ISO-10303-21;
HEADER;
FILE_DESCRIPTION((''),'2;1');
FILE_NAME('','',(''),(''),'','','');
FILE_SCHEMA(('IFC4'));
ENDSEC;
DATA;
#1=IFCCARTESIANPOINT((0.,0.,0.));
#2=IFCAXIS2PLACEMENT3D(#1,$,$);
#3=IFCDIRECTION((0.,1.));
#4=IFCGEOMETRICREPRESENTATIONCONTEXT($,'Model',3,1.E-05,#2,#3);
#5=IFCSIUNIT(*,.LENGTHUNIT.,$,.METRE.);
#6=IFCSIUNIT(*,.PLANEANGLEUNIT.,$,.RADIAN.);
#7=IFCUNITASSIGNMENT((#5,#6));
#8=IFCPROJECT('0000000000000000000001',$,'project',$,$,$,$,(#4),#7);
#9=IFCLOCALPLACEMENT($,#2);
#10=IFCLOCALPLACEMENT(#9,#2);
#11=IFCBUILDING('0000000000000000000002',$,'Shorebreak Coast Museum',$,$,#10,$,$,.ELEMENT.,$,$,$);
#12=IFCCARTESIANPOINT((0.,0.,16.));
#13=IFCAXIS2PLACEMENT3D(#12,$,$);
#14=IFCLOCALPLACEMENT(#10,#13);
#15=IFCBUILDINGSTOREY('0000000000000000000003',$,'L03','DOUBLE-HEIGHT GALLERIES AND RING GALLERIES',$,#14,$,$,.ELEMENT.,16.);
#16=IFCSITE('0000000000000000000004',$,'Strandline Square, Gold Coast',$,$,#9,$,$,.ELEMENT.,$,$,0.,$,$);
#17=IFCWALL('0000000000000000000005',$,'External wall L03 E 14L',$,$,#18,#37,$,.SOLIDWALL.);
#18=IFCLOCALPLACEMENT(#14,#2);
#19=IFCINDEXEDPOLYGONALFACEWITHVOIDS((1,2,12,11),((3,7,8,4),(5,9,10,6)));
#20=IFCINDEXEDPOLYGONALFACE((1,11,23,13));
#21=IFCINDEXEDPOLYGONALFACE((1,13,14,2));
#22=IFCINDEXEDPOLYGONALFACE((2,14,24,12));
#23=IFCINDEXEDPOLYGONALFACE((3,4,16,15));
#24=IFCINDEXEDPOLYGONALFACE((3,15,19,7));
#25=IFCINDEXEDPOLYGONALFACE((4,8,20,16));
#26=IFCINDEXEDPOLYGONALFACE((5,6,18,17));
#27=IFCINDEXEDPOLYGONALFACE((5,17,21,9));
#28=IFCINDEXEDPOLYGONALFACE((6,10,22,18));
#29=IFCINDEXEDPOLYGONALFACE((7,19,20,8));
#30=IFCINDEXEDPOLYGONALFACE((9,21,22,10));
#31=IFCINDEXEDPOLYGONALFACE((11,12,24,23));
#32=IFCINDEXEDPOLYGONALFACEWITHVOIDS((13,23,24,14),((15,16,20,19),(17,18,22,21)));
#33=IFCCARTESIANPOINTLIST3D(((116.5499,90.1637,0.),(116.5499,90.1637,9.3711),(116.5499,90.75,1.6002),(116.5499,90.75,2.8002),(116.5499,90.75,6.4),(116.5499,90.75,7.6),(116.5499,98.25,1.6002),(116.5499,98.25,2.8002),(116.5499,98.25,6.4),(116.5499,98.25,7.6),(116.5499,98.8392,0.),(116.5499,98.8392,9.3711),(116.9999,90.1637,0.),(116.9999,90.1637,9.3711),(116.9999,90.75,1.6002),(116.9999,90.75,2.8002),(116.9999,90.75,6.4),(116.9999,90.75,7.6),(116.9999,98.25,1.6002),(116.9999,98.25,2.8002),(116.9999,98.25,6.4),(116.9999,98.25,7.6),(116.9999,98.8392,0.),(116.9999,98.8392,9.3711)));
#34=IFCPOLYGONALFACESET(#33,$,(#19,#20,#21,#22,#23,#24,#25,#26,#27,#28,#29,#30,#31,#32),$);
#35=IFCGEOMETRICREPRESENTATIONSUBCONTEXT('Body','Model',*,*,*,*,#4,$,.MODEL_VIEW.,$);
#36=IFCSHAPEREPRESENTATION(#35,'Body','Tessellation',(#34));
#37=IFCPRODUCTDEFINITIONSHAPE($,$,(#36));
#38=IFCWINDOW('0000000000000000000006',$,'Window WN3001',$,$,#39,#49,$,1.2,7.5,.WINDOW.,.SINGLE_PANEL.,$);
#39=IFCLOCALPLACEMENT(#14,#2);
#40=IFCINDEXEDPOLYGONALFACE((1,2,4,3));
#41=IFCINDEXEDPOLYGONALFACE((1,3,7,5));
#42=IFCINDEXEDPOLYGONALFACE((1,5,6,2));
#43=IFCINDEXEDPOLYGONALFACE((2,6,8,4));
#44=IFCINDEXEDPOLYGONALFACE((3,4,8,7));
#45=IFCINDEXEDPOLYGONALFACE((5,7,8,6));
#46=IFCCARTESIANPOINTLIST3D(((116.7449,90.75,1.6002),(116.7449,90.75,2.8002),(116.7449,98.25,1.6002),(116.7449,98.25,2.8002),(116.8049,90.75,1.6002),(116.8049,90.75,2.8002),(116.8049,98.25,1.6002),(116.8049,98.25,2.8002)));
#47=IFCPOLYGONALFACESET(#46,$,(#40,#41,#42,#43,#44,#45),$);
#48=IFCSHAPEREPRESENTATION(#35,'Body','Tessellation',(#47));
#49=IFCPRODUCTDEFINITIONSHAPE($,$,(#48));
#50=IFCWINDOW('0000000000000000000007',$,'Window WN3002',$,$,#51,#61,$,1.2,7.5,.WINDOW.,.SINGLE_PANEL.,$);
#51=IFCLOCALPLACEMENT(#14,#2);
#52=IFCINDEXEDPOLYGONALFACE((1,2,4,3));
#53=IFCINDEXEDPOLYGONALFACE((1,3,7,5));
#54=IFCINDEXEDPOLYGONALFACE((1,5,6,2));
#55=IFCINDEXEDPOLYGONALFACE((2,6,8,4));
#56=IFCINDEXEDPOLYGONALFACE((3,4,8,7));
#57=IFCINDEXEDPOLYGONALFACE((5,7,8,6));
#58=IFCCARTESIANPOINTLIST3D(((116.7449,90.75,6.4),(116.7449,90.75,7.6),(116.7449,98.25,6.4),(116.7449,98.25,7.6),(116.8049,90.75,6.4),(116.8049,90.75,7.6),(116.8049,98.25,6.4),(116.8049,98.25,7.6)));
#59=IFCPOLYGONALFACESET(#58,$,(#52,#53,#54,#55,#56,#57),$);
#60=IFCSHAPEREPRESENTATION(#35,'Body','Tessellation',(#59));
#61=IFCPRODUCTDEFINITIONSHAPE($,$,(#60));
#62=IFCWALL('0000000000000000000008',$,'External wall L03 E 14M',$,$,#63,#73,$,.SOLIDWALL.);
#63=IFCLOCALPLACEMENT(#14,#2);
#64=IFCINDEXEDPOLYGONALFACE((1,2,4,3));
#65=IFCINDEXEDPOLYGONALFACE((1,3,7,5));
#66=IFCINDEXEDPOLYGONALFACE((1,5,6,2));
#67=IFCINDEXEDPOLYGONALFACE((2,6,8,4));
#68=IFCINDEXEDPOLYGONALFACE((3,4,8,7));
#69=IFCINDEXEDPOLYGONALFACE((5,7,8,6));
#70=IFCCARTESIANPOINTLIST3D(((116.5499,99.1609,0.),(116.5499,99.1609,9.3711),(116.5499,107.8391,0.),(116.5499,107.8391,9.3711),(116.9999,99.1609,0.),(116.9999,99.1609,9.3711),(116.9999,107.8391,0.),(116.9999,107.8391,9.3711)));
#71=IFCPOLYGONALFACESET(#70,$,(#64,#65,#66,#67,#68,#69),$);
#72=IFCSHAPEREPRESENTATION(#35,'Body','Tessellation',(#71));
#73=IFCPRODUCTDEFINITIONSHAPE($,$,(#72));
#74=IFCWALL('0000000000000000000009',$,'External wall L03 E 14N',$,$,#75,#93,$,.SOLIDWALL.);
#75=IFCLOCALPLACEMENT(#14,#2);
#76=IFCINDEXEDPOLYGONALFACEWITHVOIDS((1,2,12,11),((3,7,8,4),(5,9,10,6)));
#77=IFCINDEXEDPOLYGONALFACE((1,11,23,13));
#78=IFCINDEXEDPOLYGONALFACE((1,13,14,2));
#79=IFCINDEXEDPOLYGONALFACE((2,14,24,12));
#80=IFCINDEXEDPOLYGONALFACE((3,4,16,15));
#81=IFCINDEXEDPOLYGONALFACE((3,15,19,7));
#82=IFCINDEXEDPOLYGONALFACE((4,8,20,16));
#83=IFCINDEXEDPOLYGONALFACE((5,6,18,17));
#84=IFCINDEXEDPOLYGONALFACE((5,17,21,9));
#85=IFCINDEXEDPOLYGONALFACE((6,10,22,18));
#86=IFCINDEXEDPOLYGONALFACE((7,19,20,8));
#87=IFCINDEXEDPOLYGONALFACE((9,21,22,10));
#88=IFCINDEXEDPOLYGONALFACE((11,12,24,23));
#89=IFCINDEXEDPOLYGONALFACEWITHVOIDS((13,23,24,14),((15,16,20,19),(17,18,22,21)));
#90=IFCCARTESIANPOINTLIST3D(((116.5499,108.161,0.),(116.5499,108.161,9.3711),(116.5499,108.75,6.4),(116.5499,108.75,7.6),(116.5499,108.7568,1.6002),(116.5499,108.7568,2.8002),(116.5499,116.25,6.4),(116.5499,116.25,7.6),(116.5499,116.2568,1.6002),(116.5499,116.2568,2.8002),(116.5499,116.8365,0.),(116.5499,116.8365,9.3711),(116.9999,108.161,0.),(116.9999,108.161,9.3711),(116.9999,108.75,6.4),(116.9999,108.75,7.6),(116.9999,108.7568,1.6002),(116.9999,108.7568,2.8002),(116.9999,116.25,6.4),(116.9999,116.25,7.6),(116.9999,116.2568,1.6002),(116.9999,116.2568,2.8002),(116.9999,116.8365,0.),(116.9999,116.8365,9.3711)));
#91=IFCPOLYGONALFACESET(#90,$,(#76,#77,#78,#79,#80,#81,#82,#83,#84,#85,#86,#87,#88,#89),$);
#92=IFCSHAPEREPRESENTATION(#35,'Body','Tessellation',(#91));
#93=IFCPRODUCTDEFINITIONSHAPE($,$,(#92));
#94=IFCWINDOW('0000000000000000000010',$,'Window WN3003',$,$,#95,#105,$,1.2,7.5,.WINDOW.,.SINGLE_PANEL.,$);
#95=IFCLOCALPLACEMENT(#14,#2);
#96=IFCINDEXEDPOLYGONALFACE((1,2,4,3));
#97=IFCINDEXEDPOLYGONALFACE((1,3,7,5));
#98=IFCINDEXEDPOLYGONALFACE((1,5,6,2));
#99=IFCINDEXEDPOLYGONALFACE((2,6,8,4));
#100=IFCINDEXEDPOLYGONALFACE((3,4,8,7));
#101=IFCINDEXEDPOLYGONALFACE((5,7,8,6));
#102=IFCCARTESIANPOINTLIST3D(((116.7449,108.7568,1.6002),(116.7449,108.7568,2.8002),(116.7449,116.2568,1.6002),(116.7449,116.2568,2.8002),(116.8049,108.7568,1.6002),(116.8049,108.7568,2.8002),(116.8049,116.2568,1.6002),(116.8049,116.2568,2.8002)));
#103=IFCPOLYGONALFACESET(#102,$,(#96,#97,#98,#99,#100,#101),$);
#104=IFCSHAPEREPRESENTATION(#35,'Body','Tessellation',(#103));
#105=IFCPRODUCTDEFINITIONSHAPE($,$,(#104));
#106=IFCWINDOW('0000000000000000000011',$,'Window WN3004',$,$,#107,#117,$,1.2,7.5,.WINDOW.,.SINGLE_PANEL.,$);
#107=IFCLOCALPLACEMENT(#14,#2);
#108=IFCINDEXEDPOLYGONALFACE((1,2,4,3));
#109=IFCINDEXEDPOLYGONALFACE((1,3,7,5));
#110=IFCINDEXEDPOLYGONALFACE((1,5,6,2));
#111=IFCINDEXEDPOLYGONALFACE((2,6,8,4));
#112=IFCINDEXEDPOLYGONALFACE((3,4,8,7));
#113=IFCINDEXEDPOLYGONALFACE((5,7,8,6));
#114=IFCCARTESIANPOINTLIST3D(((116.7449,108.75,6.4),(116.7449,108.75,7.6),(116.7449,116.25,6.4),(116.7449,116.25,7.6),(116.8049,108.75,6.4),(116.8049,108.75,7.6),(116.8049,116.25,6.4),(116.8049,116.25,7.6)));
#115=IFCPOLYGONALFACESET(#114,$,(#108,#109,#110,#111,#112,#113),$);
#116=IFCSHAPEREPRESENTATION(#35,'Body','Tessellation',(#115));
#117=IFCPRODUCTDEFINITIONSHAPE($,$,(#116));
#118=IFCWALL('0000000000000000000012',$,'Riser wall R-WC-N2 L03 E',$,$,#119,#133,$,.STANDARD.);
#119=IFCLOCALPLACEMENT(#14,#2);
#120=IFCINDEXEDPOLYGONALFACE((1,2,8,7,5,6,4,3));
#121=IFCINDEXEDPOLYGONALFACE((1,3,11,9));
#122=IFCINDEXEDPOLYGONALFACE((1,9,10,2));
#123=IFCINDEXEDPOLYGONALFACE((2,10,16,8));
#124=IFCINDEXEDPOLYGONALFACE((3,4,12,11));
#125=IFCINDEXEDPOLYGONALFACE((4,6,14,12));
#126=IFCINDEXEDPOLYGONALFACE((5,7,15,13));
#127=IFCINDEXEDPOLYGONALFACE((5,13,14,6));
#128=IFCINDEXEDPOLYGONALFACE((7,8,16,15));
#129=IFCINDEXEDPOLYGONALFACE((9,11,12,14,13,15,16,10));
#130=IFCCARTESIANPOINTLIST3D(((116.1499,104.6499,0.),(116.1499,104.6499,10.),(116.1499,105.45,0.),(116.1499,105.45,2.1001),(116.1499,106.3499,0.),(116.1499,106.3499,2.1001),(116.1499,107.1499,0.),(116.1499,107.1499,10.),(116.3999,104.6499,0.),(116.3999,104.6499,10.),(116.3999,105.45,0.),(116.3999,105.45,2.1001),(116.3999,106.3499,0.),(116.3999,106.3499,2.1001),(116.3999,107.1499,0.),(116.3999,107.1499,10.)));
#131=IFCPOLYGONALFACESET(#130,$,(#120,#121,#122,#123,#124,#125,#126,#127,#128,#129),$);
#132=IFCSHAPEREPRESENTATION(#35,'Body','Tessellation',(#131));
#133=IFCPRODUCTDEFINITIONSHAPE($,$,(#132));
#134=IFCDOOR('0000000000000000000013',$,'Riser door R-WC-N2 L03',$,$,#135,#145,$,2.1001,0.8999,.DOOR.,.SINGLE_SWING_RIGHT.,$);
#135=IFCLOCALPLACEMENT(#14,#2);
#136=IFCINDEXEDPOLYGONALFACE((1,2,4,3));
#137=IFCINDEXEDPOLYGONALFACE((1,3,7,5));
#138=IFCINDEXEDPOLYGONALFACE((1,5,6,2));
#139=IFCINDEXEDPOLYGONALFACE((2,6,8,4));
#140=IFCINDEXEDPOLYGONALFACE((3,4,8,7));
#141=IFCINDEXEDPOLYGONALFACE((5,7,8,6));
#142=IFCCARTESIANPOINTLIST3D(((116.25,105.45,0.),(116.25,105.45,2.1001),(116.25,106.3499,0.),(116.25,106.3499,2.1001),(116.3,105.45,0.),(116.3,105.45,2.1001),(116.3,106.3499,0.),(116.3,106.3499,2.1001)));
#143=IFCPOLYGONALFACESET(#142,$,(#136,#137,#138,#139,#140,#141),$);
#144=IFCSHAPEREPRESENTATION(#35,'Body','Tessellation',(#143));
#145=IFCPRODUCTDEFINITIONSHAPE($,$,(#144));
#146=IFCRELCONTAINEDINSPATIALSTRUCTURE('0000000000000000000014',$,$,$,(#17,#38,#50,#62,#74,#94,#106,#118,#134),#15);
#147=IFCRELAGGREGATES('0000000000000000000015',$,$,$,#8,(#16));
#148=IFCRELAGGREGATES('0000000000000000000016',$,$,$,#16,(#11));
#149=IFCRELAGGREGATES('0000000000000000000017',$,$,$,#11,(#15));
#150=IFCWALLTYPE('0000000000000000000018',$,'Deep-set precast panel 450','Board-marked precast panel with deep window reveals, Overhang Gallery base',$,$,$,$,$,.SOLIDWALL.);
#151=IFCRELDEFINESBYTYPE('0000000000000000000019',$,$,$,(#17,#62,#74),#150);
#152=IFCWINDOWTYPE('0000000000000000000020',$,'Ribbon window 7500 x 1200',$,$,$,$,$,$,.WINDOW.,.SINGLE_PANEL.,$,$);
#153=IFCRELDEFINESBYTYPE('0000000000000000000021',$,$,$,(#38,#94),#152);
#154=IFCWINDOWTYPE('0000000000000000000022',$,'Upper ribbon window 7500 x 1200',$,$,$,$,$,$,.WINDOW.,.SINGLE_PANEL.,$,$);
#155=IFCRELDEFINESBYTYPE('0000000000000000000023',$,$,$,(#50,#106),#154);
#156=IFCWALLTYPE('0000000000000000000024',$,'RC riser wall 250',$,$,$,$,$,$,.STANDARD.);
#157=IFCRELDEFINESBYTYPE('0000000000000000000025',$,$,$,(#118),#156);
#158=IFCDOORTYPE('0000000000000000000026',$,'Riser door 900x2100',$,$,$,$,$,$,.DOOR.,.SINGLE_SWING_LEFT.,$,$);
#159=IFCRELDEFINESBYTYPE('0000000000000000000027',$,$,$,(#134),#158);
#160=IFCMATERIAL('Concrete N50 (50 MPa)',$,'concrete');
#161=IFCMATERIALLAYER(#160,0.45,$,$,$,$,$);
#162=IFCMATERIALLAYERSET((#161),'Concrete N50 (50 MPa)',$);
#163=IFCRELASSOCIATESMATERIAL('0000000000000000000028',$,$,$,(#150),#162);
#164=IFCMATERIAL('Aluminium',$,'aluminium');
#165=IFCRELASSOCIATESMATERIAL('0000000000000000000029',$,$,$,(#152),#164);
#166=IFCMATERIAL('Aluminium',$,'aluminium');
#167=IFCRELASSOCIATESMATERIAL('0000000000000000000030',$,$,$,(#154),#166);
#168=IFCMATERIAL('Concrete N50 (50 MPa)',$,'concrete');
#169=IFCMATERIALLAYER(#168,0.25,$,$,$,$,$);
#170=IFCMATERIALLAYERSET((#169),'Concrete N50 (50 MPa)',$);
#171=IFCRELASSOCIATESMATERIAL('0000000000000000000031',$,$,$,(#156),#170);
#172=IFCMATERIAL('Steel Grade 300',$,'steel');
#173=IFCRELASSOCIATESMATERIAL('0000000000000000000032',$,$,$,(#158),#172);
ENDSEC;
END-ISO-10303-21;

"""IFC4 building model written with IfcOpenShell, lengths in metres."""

from ifc_helpers import new_model, si_unit, direction, frame, frame_2d, origin, place, context, subcontext, project, spatial, rectangle, extrude, material, layer, layer_set, type_object, element, fill, save


model = new_model("IFC4")

# Units and contexts
model_context = context("Model", 3, precision=1e-05, world=origin(), true_north=direction((0.0, 1.0)))
body_context = subcontext(model_context, "Body", "Model", "MODEL_VIEW")
ifc_project = project(units=[si_unit("LENGTHUNIT", "METRE"), si_unit("PLANEANGLEUNIT", "RADIAN")], contexts=[model_context])

# Site, building, storey
site_placement = place(None, origin())
site = spatial("IfcSite", under=ifc_project, at=site_placement, Name="Strandline Square, Gold Coast", CompositionType="ELEMENT", RefElevation=0.0)
building_placement = place(site_placement, origin())
building = spatial("IfcBuilding", under=site, at=building_placement, Name="Shorebreak Coast Museum", CompositionType="ELEMENT")
storey_placement = place(building_placement, frame((0.0, 0.0, 16.0)))
storey = spatial("IfcBuildingStorey", under=building, at=storey_placement, Name="L03", Description="DOUBLE-HEIGHT GALLERIES AND RING GALLERIES", CompositionType="ELEMENT", Elevation=16.0)

# Wall, openings, windows
ifc_material_1 = material(Name="Concrete N50 (50 MPa)", Category="concrete")
ifc_layer_1 = layer(ifc_material_1, 0.45)
ifc_layer_set_1 = layer_set([ifc_layer_1], Name="Concrete N50 (50 MPa)")
wall_type_1 = type_object("IfcWallType", Name="Deep-set precast panel 450", Description="Board-marked precast panel with deep window reveals, Overhang Gallery base", PredefinedType="SOLIDWALL", material=ifc_layer_set_1)
wall_1_placement = place(storey_placement, frame((116.7749, 90.1636, 0.0), z_axis=(0.0, 0.0, 1.0), x_axis=(0.0, 1.0, 0.0)))
wall_1 = element("IfcWall", 1, at=wall_1_placement, inside=storey, type_object=wall_type_1, Name="External wall L03 E 14L", PredefinedType="SOLIDWALL", context=body_context, shape_type="SweptSolid", body=[
    extrude(rectangle(XDim=8.6755, YDim=0.45, at=frame_2d((4.3379, 0.0))), origin(), (0.0, 0.0, 1.0), 9.3711),
])
opening_1_placement = place(wall_1_placement, frame((0.5864, 0.0, 6.3999)))
opening_1 = element("IfcOpeningElement", 2, at=opening_1_placement, cuts=wall_1, PredefinedType="OPENING", context=body_context, shape_type="SweptSolid", body=[
    extrude(rectangle(XDim=7.5, YDim=1.2, at=frame_2d((3.75, 0.6001))), frame((0.0, 0.2349, 0.0), z_axis=(0.0, -1.0, 0.0), x_axis=(1.0, 0.0, 0.0)), (0.0, 0.0, 1.0), 0.47),
])
opening_2_placement = place(wall_1_placement, frame((0.5864, 0.0, 1.6001)))
opening_2 = element("IfcOpeningElement", 3, at=opening_2_placement, cuts=wall_1, PredefinedType="OPENING", context=body_context, shape_type="SweptSolid", body=[
    extrude(rectangle(XDim=7.5, YDim=1.2, at=frame_2d((3.75, 0.6001))), frame((0.0, 0.2349, 0.0), z_axis=(0.0, -1.0, 0.0), x_axis=(1.0, 0.0, 0.0)), (0.0, 0.0, 1.0), 0.47),
])
ifc_material_2 = material(Name="Aluminium", Category="aluminium")
window_type_1 = type_object("IfcWindowType", Name="Ribbon window 7500 x 1200", PartitioningType="SINGLE_PANEL", PredefinedType="WINDOW", material=ifc_material_2)
window_1_placement = place(opening_2_placement, origin())
window_1 = element("IfcWindow", 4, at=window_1_placement, inside=storey, type_object=window_type_1, Name="Window WN3001", OverallHeight=1.2, OverallWidth=7.5, PartitioningType="SINGLE_PANEL", PredefinedType="WINDOW", context=body_context, shape_type="SweptSolid", body=[
    extrude(rectangle(XDim=7.5, YDim=1.2, at=frame_2d((3.75, 0.6001))), frame((0.0, 0.03, 0.0), z_axis=(0.0, -1.0, 0.0), x_axis=(1.0, 0.0, 0.0)), (0.0, 0.0, 1.0), 0.0601),
])
fill(opening_2, window_1)
ifc_material_3 = material(Name="Aluminium", Category="aluminium")
window_type_2 = type_object("IfcWindowType", Name="Upper ribbon window 7500 x 1200", PartitioningType="SINGLE_PANEL", PredefinedType="WINDOW", material=ifc_material_3)
window_2_placement = place(opening_1_placement, origin())
window_2 = element("IfcWindow", 5, at=window_2_placement, inside=storey, type_object=window_type_2, Name="Window WN3002", OverallHeight=1.2, OverallWidth=7.5, PartitioningType="SINGLE_PANEL", PredefinedType="WINDOW", context=body_context, shape_type="SweptSolid", body=[
    extrude(rectangle(XDim=7.5, YDim=1.2, at=frame_2d((3.75, 0.6001))), frame((0.0, 0.03, 0.0), z_axis=(0.0, -1.0, 0.0), x_axis=(1.0, 0.0, 0.0)), (0.0, 0.0, 1.0), 0.0601),
])
fill(opening_1, window_2)

# Wall
wall_2_placement = place(storey_placement, frame((116.7749, 99.1609, 0.0), z_axis=(0.0, 0.0, 1.0), x_axis=(0.0, 1.0, 0.0)))
element("IfcWall", 6, at=wall_2_placement, inside=storey, type_object=wall_type_1, Name="External wall L03 E 14M", PredefinedType="SOLIDWALL", context=body_context, shape_type="SweptSolid", body=[
    extrude(rectangle(XDim=8.6782, YDim=0.45, at=frame_2d((4.3391, 0.0))), origin(), (0.0, 0.0, 1.0), 9.3711),
])

# Wall, openings, windows
wall_3_placement = place(storey_placement, frame((116.7749, 108.1609, 0.0), z_axis=(0.0, 0.0, 1.0), x_axis=(0.0, 1.0, 0.0)))
wall_3 = element("IfcWall", 7, at=wall_3_placement, inside=storey, type_object=wall_type_1, Name="External wall L03 E 14N", PredefinedType="SOLIDWALL", context=body_context, shape_type="SweptSolid", body=[
    extrude(rectangle(XDim=8.6755, YDim=0.45, at=frame_2d((4.3379, 0.0))), origin(), (0.0, 0.0, 1.0), 9.3711),
])
opening_3_placement = place(wall_3_placement, frame((0.5891, 0.0, 6.3999)))
opening_3 = element("IfcOpeningElement", 8, at=opening_3_placement, cuts=wall_3, PredefinedType="OPENING", context=body_context, shape_type="SweptSolid", body=[
    extrude(rectangle(XDim=7.5, YDim=1.2, at=frame_2d((3.75, 0.6001))), frame((0.0, 0.2349, 0.0), z_axis=(0.0, -1.0, 0.0), x_axis=(1.0, 0.0, 0.0)), (0.0, 0.0, 1.0), 0.47),
])
opening_4_placement = place(wall_3_placement, frame((0.5959, 0.0, 1.6001)))
opening_4 = element("IfcOpeningElement", 9, at=opening_4_placement, cuts=wall_3, PredefinedType="OPENING", context=body_context, shape_type="SweptSolid", body=[
    extrude(rectangle(XDim=7.5, YDim=1.2, at=frame_2d((3.75, 0.6001))), frame((0.0, 0.2349, 0.0), z_axis=(0.0, -1.0, 0.0), x_axis=(1.0, 0.0, 0.0)), (0.0, 0.0, 1.0), 0.47),
])
window_3_placement = place(opening_4_placement, origin())
window_3 = element("IfcWindow", 10, at=window_3_placement, inside=storey, type_object=window_type_1, Name="Window WN3003", OverallHeight=1.2, OverallWidth=7.5, PartitioningType="SINGLE_PANEL", PredefinedType="WINDOW", context=body_context, shape_type="SweptSolid", body=[
    extrude(rectangle(XDim=7.5, YDim=1.2, at=frame_2d((3.75, 0.6001))), frame((0.0, 0.03, 0.0), z_axis=(0.0, -1.0, 0.0), x_axis=(1.0, 0.0, 0.0)), (0.0, 0.0, 1.0), 0.0601),
])
fill(opening_4, window_3)
window_4_placement = place(opening_3_placement, origin())
window_4 = element("IfcWindow", 11, at=window_4_placement, inside=storey, type_object=window_type_2, Name="Window WN3004", OverallHeight=1.2, OverallWidth=7.5, PartitioningType="SINGLE_PANEL", PredefinedType="WINDOW", context=body_context, shape_type="SweptSolid", body=[
    extrude(rectangle(XDim=7.5, YDim=1.2, at=frame_2d((3.75, 0.6001))), frame((0.0, 0.03, 0.0), z_axis=(0.0, -1.0, 0.0), x_axis=(1.0, 0.0, 0.0)), (0.0, 0.0, 1.0), 0.0601),
])
fill(opening_3, window_4)

# Wall, opening, door
ifc_material_4 = material(Name="Concrete N50 (50 MPa)", Category="concrete")
ifc_layer_2 = layer(ifc_material_4, 0.25)
ifc_layer_set_2 = layer_set([ifc_layer_2], Name="Concrete N50 (50 MPa)")
wall_type_2 = type_object("IfcWallType", Name="RC riser wall 250", PredefinedType="STANDARD", material=ifc_layer_set_2)
wall_4_placement = place(storey_placement, frame((116.2749, 104.6499, 0.0), z_axis=(0.0, 0.0, 1.0), x_axis=(0.0, 1.0, 0.0)))
wall_4 = element("IfcWall", 12, at=wall_4_placement, inside=storey, type_object=wall_type_2, Name="Riser wall R-WC-N2 L03 E", PredefinedType="STANDARD", context=body_context, shape_type="SweptSolid", body=[
    extrude(rectangle(XDim=2.5, YDim=0.25, at=frame_2d((1.25, 0.0))), origin(), (0.0, 0.0, 1.0), 10.0),
])
opening_5_placement = place(wall_4_placement, frame((0.8, 0.0, 0.0)))
opening_5 = element("IfcOpeningElement", 13, at=opening_5_placement, cuts=wall_4, PredefinedType="OPENING", context=body_context, shape_type="SweptSolid", body=[
    extrude(rectangle(XDim=0.8999, YDim=2.1001, at=frame_2d((0.45, 1.05))), frame((0.0, 0.135, 0.0), z_axis=(0.0, -1.0, 0.0), x_axis=(1.0, 0.0, 0.0)), (0.0, 0.0, 1.0), 0.27),
])
ifc_material_5 = material(Name="Steel Grade 300", Category="steel")
door_type = type_object("IfcDoorType", Name="Riser door 900x2100", OperationType="SINGLE_SWING_LEFT", PredefinedType="DOOR", material=ifc_material_5)
door_placement = place(opening_5_placement, origin())
door = element("IfcDoor", 14, at=door_placement, inside=storey, type_object=door_type, Name="Riser door R-WC-N2 L03", OperationType="SINGLE_SWING_RIGHT", OverallHeight=2.1001, OverallWidth=0.8999, PredefinedType="DOOR", context=body_context, shape_type="SweptSolid", body=[
    extrude(rectangle(XDim=0.8999, YDim=2.1001, at=frame_2d((0.45, 1.05))), frame((0.0, 0.0249, 0.0), z_axis=(0.0, -1.0, 0.0), x_axis=(1.0, 0.0, 0.0)), (0.0, 0.0, 1.0), 0.05),
])
fill(opening_5, door)

save(model, "model.ifc")
